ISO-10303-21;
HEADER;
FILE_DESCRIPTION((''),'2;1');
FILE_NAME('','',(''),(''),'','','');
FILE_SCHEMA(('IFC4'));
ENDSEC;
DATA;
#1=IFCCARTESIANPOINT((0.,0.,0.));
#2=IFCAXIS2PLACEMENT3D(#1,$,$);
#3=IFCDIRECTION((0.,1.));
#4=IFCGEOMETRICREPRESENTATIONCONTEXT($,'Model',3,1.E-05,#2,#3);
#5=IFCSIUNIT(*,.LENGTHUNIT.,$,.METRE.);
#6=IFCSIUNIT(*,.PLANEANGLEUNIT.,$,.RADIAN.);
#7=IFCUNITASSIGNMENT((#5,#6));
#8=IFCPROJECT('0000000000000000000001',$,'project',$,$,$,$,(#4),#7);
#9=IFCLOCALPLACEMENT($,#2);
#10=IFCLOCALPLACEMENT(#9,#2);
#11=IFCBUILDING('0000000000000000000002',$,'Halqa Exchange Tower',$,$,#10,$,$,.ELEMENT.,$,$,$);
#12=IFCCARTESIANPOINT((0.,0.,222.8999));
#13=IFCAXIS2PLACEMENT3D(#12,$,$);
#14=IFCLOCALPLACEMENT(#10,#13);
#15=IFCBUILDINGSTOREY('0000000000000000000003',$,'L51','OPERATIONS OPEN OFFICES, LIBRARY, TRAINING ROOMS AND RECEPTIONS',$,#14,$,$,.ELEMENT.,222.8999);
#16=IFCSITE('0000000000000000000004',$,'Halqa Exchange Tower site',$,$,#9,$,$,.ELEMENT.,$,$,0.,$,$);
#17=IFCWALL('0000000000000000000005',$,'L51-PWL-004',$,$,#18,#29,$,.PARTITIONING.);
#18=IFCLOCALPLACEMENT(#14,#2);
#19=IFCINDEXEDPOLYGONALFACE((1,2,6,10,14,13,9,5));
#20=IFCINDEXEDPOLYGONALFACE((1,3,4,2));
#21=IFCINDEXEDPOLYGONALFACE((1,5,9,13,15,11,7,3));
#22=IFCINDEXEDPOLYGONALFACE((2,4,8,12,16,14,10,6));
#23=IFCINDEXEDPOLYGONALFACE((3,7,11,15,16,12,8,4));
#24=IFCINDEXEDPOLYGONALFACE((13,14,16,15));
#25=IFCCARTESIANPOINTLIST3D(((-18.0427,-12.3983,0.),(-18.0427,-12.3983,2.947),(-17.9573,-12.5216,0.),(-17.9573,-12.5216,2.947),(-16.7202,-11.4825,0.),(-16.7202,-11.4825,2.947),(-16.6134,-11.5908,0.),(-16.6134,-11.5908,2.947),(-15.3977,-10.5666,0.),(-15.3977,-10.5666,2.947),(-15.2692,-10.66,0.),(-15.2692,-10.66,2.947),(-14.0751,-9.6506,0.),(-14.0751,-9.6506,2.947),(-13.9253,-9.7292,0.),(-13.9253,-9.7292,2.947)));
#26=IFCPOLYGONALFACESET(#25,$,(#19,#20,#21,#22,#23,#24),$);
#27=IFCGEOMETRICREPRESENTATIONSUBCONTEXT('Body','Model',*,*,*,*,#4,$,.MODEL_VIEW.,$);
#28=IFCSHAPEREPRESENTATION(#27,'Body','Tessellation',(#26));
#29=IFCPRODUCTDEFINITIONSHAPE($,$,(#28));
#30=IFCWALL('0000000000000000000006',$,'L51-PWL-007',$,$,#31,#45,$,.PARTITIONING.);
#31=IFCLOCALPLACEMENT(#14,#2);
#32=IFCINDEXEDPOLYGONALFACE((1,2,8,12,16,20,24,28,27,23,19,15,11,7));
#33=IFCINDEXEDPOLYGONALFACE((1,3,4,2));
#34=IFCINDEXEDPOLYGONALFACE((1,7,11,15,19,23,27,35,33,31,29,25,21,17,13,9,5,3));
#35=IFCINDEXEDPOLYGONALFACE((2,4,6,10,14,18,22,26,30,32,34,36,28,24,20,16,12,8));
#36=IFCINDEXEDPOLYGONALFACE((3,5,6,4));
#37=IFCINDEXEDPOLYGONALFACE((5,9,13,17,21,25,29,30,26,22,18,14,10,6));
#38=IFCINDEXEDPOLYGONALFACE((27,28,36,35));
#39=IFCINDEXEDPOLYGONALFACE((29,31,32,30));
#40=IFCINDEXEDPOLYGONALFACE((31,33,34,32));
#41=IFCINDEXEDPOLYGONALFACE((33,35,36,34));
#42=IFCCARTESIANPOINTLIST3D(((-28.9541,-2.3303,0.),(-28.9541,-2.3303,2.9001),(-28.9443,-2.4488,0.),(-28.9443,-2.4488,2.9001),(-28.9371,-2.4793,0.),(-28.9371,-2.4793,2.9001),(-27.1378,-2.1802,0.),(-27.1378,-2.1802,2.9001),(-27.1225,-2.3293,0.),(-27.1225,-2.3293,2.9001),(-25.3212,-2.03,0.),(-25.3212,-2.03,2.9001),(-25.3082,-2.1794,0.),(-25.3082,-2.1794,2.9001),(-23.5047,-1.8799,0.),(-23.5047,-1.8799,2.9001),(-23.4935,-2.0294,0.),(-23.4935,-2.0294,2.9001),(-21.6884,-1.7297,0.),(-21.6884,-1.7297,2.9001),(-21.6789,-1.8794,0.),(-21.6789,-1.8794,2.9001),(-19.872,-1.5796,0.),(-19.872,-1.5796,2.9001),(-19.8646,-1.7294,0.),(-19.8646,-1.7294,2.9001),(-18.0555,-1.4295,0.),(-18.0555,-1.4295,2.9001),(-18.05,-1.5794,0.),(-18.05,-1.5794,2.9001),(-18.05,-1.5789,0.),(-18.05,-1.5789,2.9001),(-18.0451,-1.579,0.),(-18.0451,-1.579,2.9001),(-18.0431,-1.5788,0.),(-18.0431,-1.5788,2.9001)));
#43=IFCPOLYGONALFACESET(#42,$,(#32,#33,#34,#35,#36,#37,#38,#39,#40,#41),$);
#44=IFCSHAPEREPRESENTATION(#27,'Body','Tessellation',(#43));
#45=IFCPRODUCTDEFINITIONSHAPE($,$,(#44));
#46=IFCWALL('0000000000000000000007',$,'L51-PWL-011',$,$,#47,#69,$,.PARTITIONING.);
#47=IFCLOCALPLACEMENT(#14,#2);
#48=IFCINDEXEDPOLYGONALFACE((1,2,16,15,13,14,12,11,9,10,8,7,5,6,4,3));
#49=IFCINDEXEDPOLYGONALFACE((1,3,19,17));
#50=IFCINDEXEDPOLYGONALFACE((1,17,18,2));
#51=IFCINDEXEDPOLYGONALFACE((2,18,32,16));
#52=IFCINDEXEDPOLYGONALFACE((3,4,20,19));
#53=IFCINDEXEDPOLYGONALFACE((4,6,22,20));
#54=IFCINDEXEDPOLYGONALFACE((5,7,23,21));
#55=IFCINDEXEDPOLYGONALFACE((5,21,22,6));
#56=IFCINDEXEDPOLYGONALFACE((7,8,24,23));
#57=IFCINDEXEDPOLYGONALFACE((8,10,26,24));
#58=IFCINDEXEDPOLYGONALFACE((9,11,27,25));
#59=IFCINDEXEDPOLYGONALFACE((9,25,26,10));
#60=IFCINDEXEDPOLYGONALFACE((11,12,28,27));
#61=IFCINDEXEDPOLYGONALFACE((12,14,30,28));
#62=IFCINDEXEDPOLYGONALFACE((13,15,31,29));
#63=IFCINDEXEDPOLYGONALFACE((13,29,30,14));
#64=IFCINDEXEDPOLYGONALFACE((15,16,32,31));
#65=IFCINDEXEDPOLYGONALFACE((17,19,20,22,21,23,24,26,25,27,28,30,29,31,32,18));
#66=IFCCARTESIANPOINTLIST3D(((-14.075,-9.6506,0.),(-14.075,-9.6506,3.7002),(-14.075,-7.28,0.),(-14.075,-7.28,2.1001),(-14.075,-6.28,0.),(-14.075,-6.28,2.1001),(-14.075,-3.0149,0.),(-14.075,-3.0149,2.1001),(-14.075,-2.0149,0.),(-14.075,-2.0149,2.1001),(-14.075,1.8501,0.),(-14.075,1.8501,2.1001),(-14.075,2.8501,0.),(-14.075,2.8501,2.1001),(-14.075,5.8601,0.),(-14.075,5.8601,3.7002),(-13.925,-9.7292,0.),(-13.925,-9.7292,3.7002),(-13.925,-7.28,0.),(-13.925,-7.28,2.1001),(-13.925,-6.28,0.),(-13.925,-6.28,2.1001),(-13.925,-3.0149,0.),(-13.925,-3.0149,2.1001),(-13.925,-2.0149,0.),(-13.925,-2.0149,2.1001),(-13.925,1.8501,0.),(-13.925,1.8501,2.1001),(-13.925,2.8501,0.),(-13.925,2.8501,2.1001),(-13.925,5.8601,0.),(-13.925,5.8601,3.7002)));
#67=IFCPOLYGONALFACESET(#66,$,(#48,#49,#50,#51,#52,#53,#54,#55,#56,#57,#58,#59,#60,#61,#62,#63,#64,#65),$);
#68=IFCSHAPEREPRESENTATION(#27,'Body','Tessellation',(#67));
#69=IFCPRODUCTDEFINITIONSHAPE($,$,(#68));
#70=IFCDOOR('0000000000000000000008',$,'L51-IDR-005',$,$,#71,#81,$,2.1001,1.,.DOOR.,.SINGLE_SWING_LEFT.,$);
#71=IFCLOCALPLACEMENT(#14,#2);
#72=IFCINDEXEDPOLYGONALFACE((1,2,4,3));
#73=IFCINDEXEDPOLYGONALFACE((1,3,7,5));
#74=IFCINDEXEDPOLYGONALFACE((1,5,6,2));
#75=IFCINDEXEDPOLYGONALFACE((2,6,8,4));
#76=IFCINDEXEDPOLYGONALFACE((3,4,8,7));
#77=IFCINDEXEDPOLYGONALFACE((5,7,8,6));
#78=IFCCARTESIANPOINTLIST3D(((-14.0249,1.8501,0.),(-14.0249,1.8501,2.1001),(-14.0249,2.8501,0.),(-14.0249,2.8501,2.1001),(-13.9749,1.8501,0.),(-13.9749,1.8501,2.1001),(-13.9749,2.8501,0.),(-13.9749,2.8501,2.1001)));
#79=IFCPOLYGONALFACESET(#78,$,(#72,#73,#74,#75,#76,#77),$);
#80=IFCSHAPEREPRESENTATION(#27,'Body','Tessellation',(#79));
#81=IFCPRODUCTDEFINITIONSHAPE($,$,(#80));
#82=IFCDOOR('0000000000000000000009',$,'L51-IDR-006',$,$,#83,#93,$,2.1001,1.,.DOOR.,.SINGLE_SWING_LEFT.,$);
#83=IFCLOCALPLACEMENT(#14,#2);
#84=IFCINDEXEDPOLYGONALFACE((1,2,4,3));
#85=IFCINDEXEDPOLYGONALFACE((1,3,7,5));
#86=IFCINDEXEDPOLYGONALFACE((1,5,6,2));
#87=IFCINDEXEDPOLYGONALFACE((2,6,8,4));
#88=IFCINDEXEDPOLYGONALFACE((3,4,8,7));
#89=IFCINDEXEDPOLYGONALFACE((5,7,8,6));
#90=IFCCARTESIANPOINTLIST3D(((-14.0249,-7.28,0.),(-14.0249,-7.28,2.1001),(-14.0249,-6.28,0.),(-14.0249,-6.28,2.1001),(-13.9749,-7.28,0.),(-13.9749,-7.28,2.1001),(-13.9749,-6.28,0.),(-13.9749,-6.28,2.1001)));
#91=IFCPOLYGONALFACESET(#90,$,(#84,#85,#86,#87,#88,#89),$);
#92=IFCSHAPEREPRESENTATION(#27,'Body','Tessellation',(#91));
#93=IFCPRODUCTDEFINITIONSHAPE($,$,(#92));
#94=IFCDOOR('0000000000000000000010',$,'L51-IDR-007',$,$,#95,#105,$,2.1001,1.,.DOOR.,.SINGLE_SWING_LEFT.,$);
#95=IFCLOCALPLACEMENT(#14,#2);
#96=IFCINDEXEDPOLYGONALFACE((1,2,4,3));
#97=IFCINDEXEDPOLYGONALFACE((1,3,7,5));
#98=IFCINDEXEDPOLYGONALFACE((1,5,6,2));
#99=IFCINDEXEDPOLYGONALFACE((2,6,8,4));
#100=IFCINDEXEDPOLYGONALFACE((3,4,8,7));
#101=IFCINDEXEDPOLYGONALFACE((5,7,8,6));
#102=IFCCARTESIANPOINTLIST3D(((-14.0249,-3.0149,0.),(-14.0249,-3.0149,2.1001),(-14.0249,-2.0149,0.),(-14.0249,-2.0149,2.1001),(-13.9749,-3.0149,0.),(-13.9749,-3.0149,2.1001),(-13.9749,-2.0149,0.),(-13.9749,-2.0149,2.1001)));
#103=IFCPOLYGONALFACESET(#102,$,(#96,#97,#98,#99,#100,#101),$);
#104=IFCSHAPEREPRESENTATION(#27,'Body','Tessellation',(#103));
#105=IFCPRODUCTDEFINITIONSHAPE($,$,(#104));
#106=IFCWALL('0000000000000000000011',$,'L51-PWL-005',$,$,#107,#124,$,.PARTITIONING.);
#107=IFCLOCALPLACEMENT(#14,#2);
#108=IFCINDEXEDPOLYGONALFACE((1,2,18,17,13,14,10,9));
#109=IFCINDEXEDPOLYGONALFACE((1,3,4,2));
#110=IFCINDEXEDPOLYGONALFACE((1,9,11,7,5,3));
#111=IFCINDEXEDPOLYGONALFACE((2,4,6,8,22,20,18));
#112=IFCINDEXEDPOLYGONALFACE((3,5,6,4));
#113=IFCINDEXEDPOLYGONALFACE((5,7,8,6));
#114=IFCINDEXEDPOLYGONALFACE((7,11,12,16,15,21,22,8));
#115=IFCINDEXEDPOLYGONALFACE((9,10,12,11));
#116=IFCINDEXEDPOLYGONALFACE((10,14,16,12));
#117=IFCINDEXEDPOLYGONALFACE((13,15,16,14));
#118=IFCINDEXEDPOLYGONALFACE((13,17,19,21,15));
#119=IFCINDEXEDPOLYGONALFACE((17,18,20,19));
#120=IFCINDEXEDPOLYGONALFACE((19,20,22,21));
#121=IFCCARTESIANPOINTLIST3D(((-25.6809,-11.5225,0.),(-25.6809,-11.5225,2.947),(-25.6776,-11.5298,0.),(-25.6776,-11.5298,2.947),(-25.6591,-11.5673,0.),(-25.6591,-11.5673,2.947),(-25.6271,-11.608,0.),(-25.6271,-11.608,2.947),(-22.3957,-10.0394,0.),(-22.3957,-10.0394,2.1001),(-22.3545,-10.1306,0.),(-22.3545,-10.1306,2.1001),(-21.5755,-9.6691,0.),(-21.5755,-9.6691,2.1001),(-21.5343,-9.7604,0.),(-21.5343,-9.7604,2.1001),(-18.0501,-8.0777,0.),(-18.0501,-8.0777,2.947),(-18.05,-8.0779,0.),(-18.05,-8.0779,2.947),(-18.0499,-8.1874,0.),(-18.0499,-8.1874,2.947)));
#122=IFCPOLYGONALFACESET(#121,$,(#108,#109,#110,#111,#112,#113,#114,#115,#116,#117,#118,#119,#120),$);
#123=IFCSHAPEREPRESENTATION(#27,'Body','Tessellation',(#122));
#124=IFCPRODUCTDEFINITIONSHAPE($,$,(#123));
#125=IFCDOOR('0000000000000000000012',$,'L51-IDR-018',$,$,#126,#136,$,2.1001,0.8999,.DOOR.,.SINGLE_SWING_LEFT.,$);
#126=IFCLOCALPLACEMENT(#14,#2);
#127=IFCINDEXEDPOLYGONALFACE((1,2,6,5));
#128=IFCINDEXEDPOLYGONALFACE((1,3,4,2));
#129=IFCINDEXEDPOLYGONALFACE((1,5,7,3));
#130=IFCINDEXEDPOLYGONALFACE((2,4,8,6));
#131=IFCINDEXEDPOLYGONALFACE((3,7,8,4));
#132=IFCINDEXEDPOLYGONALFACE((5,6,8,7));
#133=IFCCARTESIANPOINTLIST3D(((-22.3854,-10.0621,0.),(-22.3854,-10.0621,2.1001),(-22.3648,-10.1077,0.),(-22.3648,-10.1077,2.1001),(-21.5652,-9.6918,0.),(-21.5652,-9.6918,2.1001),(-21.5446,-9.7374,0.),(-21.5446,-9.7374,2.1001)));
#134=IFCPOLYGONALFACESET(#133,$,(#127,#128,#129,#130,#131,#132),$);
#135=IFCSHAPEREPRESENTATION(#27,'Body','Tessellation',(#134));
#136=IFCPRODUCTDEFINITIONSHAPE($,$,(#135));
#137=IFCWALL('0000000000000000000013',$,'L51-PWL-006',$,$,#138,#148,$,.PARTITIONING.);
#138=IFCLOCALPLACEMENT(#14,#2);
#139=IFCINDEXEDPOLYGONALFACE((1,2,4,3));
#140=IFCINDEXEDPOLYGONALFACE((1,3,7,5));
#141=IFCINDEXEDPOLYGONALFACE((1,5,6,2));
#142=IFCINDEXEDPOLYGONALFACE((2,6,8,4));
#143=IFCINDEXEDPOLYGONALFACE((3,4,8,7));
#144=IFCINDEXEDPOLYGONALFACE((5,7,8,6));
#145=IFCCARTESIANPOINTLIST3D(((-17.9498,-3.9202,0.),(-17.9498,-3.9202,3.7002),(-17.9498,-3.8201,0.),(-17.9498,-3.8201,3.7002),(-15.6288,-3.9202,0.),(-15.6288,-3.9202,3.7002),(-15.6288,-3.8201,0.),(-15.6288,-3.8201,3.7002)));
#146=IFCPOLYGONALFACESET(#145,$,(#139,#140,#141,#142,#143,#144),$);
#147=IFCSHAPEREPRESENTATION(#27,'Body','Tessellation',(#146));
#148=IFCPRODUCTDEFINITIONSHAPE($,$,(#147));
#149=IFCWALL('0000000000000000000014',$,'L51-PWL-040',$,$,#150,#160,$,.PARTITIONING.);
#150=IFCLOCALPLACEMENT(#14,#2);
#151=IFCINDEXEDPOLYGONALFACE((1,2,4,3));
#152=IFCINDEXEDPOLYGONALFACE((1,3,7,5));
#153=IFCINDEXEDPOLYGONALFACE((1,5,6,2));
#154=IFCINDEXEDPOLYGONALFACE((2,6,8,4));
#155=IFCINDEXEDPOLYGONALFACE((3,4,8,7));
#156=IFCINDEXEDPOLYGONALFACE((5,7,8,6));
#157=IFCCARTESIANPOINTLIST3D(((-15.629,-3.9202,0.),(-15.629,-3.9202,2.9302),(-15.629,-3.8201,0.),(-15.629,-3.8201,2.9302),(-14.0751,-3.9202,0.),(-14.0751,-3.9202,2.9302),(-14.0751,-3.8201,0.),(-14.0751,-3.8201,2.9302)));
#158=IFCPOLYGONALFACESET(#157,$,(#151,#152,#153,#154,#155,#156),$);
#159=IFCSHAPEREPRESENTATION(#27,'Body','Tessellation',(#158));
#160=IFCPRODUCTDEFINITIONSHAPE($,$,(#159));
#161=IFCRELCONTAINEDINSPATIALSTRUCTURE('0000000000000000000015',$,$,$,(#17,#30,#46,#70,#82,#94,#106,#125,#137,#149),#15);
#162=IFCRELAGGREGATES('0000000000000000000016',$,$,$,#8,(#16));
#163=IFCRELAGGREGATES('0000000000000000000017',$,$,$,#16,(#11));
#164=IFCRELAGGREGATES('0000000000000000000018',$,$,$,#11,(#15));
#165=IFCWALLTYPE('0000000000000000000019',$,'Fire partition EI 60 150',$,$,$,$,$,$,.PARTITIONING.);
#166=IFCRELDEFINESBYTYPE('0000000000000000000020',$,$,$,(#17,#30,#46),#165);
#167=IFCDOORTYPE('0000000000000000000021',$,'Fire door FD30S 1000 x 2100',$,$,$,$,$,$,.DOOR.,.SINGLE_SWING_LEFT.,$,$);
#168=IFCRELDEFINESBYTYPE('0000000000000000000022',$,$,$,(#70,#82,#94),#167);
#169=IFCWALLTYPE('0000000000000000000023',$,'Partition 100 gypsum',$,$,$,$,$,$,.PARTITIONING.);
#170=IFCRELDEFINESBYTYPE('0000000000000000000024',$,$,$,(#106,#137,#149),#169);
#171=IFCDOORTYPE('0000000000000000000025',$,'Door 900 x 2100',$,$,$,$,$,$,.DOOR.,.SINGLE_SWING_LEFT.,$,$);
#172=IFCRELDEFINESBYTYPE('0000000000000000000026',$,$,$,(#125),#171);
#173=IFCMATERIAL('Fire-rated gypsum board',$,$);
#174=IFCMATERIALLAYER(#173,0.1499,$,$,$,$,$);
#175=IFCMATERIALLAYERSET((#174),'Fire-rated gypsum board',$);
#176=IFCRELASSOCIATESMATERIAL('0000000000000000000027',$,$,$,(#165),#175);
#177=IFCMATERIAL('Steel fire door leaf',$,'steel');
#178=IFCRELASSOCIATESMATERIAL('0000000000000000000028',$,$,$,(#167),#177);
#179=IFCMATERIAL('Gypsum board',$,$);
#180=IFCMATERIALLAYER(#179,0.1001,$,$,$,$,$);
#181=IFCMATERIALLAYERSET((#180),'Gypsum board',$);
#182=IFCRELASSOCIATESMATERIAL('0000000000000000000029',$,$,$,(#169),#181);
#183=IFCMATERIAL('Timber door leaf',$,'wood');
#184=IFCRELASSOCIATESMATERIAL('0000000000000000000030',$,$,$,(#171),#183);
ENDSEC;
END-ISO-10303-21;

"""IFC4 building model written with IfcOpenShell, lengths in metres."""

from ifc_helpers import new_model, si_unit, direction, frame, frame_2d, origin, place, context, subcontext, project, spatial, polyline, rectangle, outline, extrude, material, layer, layer_set, type_object, element, fill, save


model = new_model("IFC4")

# Units and contexts
model_context = context("Model", 3, precision=1e-05, world=origin(), true_north=direction((0.0, 1.0)))
body_context = subcontext(model_context, "Body", "Model", "MODEL_VIEW")
ifc_project = project(units=[si_unit("LENGTHUNIT", "METRE"), si_unit("PLANEANGLEUNIT", "RADIAN")], contexts=[model_context])

# Site, building, storey
site_placement = place(None, origin())
site = spatial("IfcSite", under=ifc_project, at=site_placement, Name="Halqa Exchange Tower site", CompositionType="ELEMENT", RefElevation=0.0)
building_placement = place(site_placement, origin())
building = spatial("IfcBuilding", under=site, at=building_placement, Name="Halqa Exchange Tower", CompositionType="ELEMENT")
storey_placement = place(building_placement, frame((0.0, 0.0, 222.8999)))
storey = spatial("IfcBuildingStorey", under=building, at=storey_placement, Name="L51", Description="OPERATIONS OPEN OFFICES, LIBRARY, TRAINING ROOMS AND RECEPTIONS", CompositionType="ELEMENT", Elevation=222.8999)

# Walls
ifc_material_1 = material(Name="Fire-rated gypsum board")
ifc_layer_1 = layer(ifc_material_1, 0.1499)
ifc_layer_set_1 = layer_set([ifc_layer_1], Name="Fire-rated gypsum board")
wall_type_1 = type_object("IfcWallType", Name="Fire partition EI 60 150", PredefinedType="PARTITIONING", material=ifc_layer_set_1)
wall_1_placement = place(storey_placement, frame((-18.0, -12.46, 0.0), z_axis=(0.0, 0.0, 1.0), x_axis=(0.822103, 0.569339, 0.0)))
element("IfcWall", 1, at=wall_1_placement, inside=storey, type_object=wall_type_1, Name="L51-PWL-004", PredefinedType="PARTITIONING", context=body_context, shape_type="SweptSolid", body=[
    extrude(outline(polyline([(0.0, -0.075), (1.6348, -0.075), (3.2698, -0.075), (4.9045, -0.075), (4.8262, 0.075), (3.2173, 0.075), (1.6086, 0.075), (0.0, 0.075), (0.0, -0.075)])), origin(), (0.0, 0.0, 1.0), 2.947),
])
wall_2_placement = place(storey_placement, frame((-18.0493, -1.5042, 0.0), z_axis=(0.0, 0.0, 1.0), x_axis=(-0.996601, -0.082378, 0.0)))
element("IfcWall", 2, at=wall_2_placement, inside=storey, type_object=wall_type_1, Name="L51-PWL-007", PredefinedType="PARTITIONING", context=body_context, shape_type="SweptSolid", body=[
    extrude(outline(polyline([(10.9358, -0.075), (10.9358, 0.0439), (10.9312, 0.075), (9.1104, 0.075), (7.2898, 0.075), (5.469, 0.075), (3.6482, 0.075), (1.8276, 0.075), (0.0068, 0.075), (0.0068, 0.0745), (0.002, 0.075), (0.0, 0.075), (0.0, -0.075), (1.8228, -0.075), (3.6453, -0.075), (5.4678, -0.075), (7.2905, -0.075), (9.1133, -0.075), (10.9358, -0.075)])), origin(), (0.0, 0.0, 1.0), 2.9001),
])

# Wall, openings, doors
wall_3_placement = place(storey_placement, frame((-14.0, -9.7292, 0.0), z_axis=(0.0, 0.0, 1.0), x_axis=(0.0, 1.0, 0.0)))
wall_3 = element("IfcWall", 3, at=wall_3_placement, inside=storey, type_object=wall_type_1, Name="L51-PWL-011", PredefinedType="PARTITIONING", context=body_context, shape_type="SweptSolid", body=[
    extrude(outline(polyline([(15.5894, 0.075), (13.6504, 0.075), (11.7117, 0.075), (9.7727, 0.075), (7.834, 0.075), (5.895, 0.075), (3.9563, 0.075), (2.0173, 0.075), (0.0786, 0.075), (0.0, -0.075), (0.0, -0.075), (1.9487, -0.075), (3.8975, -0.075), (5.8459, -0.075), (7.7947, -0.075), (9.7434, -0.075), (11.6919, -0.075), (13.6406, -0.075), (15.5894, -0.075), (15.5894, 0.075)])), origin(), (0.0, 0.0, 1.0), 3.7002),
])
opening_1_placement = place(wall_3_placement, frame((11.5793, 0.0, 0.0)))
opening_1 = element("IfcOpeningElement", 4, at=opening_1_placement, cuts=wall_3, PredefinedType="OPENING", context=body_context, shape_type="SweptSolid", body=[
    extrude(rectangle(XDim=1.0, YDim=2.1001, at=frame_2d((0.5, 1.05))), frame((0.0, 0.0869, 0.0), z_axis=(0.0, -1.0, 0.0), x_axis=(1.0, 0.0, 0.0)), (0.0, 0.0, 1.0), 0.1738),
])
opening_2_placement = place(wall_3_placement, frame((2.4492, 0.0, 0.0)))
opening_2 = element("IfcOpeningElement", 5, at=opening_2_placement, cuts=wall_3, PredefinedType="OPENING", context=body_context, shape_type="SweptSolid", body=[
    extrude(rectangle(XDim=1.0, YDim=2.1001, at=frame_2d((0.5, 1.05))), frame((0.0, 0.0869, 0.0), z_axis=(0.0, -1.0, 0.0), x_axis=(1.0, 0.0, 0.0)), (0.0, 0.0, 1.0), 0.1738),
])
opening_3_placement = place(wall_3_placement, frame((6.7144, 0.0, 0.0)))
opening_3 = element("IfcOpeningElement", 6, at=opening_3_placement, cuts=wall_3, PredefinedType="OPENING", context=body_context, shape_type="SweptSolid", body=[
    extrude(rectangle(XDim=1.0, YDim=2.1001, at=frame_2d((0.5, 1.05))), frame((0.0, 0.0869, 0.0), z_axis=(0.0, -1.0, 0.0), x_axis=(1.0, 0.0, 0.0)), (0.0, 0.0, 1.0), 0.1738),
])
ifc_material_2 = material(Name="Steel fire door leaf", Category="steel")
door_type_1 = type_object("IfcDoorType", Name="Fire door FD30S 1000 x 2100", OperationType="SINGLE_SWING_LEFT", PredefinedType="DOOR", material=ifc_material_2)
door_1_placement = place(opening_1_placement, origin())
door_1 = element("IfcDoor", 7, at=door_1_placement, inside=storey, type_object=door_type_1, Name="L51-IDR-005", OperationType="SINGLE_SWING_LEFT", OverallHeight=2.1001, OverallWidth=1.0, PredefinedType="DOOR", context=body_context, shape_type="SweptSolid", body=[
    extrude(rectangle(XDim=1.0, YDim=2.1001, at=frame_2d((0.5, 1.05))), frame((0.0, 0.0249, 0.0), z_axis=(0.0, -1.0, 0.0), x_axis=(1.0, 0.0, 0.0)), (0.0, 0.0, 1.0), 0.05),
])
fill(opening_1, door_1)
door_2_placement = place(opening_2_placement, origin())
door_2 = element("IfcDoor", 8, at=door_2_placement, inside=storey, type_object=door_type_1, Name="L51-IDR-006", OperationType="SINGLE_SWING_LEFT", OverallHeight=2.1001, OverallWidth=1.0, PredefinedType="DOOR", context=body_context, shape_type="SweptSolid", body=[
    extrude(rectangle(XDim=1.0, YDim=2.1001, at=frame_2d((0.5, 1.05))), frame((0.0, 0.0249, 0.0), z_axis=(0.0, -1.0, 0.0), x_axis=(1.0, 0.0, 0.0)), (0.0, 0.0, 1.0), 0.05),
])
fill(opening_2, door_2)
door_3_placement = place(opening_3_placement, origin())
door_3 = element("IfcDoor", 9, at=door_3_placement, inside=storey, type_object=door_type_1, Name="L51-IDR-007", OperationType="SINGLE_SWING_LEFT", OverallHeight=2.1001, OverallWidth=1.0, PredefinedType="DOOR", context=body_context, shape_type="SweptSolid", body=[
    extrude(rectangle(XDim=1.0, YDim=2.1001, at=frame_2d((0.5, 1.05))), frame((0.0, 0.0249, 0.0), z_axis=(0.0, -1.0, 0.0), x_axis=(1.0, 0.0, 0.0)), (0.0, 0.0, 1.0), 0.05),
])
fill(opening_3, door_3)

# Wall, opening, door
ifc_material_3 = material(Name="Gypsum board")
ifc_layer_2 = layer(ifc_material_3, 0.1001)
ifc_layer_set_2 = layer_set([ifc_layer_2], Name="Gypsum board")
wall_type_2 = type_object("IfcWallType", Name="Partition 100 gypsum", PredefinedType="PARTITIONING", material=ifc_layer_set_2)
ifc_material_4 = material(Name="Timber door leaf", Category="wood")
door_type_2 = type_object("IfcDoorType", Name="Door 900 x 2100", OperationType="SINGLE_SWING_LEFT", PredefinedType="DOOR", material=ifc_material_4)
wall_4_placement = place(storey_placement, frame((-18.0295, -8.1233, 0.0), z_axis=(0.0, 0.0, 1.0), x_axis=(-0.911432, -0.411451, 0.0)))
wall_4 = element("IfcWall", 10, at=wall_4_placement, inside=storey, type_object=wall_type_2, Name="L51-PWL-005", PredefinedType="PARTITIONING", context=body_context, shape_type="SweptSolid", body=[
    extrude(outline(polyline([(8.3723, -0.05), (8.3723, -0.042), (8.3708, -0.0002), (8.3584, 0.05), (6.6958, 0.05), (5.033, 0.05), (3.3704, 0.05), (1.7078, 0.05), (0.0449, 0.05), (0.0, -0.0498), (0.0, -0.05), (1.6746, -0.05), (3.3489, -0.05), (5.0234, -0.05), (6.6978, -0.05), (8.3723, -0.05)])), origin(), (0.0, 0.0, 1.0), 2.947),
])
opening_4_placement = place(wall_4_placement, frame((3.8679, 0.0, 0.0)))
opening_4 = element("IfcOpeningElement", 11, at=opening_4_placement, cuts=wall_4, PredefinedType="OPENING", context=body_context, shape_type="SweptSolid", body=[
    extrude(rectangle(XDim=0.8999, YDim=2.1001, at=frame_2d((0.45, 1.05))), frame((0.0, 0.062, 0.0), z_axis=(0.0, -1.0, 0.0), x_axis=(1.0, 0.0, 0.0)), (0.0, 0.0, 1.0), 0.124),
])
door_4_placement = place(opening_4_placement, origin())
door_4 = element("IfcDoor", 12, at=door_4_placement, inside=storey, type_object=door_type_2, Name="L51-IDR-018", OperationType="SINGLE_SWING_LEFT", OverallHeight=2.1001, OverallWidth=0.8999, PredefinedType="DOOR", context=body_context, shape_type="SweptSolid", body=[
    extrude(rectangle(XDim=0.8999, YDim=2.1001, at=frame_2d((0.45, 1.05))), frame((0.0, 0.0249, 0.0), z_axis=(0.0, -1.0, 0.0), x_axis=(1.0, 0.0, 0.0)), (0.0, 0.0, 1.0), 0.05),
])
fill(opening_4, door_4)

# Walls
wall_5_placement = place(storey_placement, frame((-17.95, -3.8701, 0.0), z_axis=(0.0, 0.0, 1.0), x_axis=(1.0, 0.0, 0.0)))
element("IfcWall", 13, at=wall_5_placement, inside=storey, type_object=wall_type_2, Name="L51-PWL-006", PredefinedType="PARTITIONING", context=body_context, shape_type="SweptSolid", body=[
    extrude(rectangle(XDim=2.321, YDim=0.1001, at=frame_2d((1.1606, 0.0))), origin(), (0.0, 0.0, 1.0), 3.7002),
])
wall_6_placement = place(storey_placement, frame((-15.6289, -3.8701, 0.0), z_axis=(0.0, 0.0, 1.0), x_axis=(1.0, 0.0, 0.0)))
element("IfcWall", 14, at=wall_6_placement, inside=storey, type_object=wall_type_2, Name="L51-PWL-040", PredefinedType="PARTITIONING", context=body_context, shape_type="SweptSolid", body=[
    extrude(rectangle(XDim=1.554, YDim=0.1001, at=frame_2d((0.7769, 0.0))), origin(), (0.0, 0.0, 1.0), 2.9302),
])

save(model, "model.ifc")
